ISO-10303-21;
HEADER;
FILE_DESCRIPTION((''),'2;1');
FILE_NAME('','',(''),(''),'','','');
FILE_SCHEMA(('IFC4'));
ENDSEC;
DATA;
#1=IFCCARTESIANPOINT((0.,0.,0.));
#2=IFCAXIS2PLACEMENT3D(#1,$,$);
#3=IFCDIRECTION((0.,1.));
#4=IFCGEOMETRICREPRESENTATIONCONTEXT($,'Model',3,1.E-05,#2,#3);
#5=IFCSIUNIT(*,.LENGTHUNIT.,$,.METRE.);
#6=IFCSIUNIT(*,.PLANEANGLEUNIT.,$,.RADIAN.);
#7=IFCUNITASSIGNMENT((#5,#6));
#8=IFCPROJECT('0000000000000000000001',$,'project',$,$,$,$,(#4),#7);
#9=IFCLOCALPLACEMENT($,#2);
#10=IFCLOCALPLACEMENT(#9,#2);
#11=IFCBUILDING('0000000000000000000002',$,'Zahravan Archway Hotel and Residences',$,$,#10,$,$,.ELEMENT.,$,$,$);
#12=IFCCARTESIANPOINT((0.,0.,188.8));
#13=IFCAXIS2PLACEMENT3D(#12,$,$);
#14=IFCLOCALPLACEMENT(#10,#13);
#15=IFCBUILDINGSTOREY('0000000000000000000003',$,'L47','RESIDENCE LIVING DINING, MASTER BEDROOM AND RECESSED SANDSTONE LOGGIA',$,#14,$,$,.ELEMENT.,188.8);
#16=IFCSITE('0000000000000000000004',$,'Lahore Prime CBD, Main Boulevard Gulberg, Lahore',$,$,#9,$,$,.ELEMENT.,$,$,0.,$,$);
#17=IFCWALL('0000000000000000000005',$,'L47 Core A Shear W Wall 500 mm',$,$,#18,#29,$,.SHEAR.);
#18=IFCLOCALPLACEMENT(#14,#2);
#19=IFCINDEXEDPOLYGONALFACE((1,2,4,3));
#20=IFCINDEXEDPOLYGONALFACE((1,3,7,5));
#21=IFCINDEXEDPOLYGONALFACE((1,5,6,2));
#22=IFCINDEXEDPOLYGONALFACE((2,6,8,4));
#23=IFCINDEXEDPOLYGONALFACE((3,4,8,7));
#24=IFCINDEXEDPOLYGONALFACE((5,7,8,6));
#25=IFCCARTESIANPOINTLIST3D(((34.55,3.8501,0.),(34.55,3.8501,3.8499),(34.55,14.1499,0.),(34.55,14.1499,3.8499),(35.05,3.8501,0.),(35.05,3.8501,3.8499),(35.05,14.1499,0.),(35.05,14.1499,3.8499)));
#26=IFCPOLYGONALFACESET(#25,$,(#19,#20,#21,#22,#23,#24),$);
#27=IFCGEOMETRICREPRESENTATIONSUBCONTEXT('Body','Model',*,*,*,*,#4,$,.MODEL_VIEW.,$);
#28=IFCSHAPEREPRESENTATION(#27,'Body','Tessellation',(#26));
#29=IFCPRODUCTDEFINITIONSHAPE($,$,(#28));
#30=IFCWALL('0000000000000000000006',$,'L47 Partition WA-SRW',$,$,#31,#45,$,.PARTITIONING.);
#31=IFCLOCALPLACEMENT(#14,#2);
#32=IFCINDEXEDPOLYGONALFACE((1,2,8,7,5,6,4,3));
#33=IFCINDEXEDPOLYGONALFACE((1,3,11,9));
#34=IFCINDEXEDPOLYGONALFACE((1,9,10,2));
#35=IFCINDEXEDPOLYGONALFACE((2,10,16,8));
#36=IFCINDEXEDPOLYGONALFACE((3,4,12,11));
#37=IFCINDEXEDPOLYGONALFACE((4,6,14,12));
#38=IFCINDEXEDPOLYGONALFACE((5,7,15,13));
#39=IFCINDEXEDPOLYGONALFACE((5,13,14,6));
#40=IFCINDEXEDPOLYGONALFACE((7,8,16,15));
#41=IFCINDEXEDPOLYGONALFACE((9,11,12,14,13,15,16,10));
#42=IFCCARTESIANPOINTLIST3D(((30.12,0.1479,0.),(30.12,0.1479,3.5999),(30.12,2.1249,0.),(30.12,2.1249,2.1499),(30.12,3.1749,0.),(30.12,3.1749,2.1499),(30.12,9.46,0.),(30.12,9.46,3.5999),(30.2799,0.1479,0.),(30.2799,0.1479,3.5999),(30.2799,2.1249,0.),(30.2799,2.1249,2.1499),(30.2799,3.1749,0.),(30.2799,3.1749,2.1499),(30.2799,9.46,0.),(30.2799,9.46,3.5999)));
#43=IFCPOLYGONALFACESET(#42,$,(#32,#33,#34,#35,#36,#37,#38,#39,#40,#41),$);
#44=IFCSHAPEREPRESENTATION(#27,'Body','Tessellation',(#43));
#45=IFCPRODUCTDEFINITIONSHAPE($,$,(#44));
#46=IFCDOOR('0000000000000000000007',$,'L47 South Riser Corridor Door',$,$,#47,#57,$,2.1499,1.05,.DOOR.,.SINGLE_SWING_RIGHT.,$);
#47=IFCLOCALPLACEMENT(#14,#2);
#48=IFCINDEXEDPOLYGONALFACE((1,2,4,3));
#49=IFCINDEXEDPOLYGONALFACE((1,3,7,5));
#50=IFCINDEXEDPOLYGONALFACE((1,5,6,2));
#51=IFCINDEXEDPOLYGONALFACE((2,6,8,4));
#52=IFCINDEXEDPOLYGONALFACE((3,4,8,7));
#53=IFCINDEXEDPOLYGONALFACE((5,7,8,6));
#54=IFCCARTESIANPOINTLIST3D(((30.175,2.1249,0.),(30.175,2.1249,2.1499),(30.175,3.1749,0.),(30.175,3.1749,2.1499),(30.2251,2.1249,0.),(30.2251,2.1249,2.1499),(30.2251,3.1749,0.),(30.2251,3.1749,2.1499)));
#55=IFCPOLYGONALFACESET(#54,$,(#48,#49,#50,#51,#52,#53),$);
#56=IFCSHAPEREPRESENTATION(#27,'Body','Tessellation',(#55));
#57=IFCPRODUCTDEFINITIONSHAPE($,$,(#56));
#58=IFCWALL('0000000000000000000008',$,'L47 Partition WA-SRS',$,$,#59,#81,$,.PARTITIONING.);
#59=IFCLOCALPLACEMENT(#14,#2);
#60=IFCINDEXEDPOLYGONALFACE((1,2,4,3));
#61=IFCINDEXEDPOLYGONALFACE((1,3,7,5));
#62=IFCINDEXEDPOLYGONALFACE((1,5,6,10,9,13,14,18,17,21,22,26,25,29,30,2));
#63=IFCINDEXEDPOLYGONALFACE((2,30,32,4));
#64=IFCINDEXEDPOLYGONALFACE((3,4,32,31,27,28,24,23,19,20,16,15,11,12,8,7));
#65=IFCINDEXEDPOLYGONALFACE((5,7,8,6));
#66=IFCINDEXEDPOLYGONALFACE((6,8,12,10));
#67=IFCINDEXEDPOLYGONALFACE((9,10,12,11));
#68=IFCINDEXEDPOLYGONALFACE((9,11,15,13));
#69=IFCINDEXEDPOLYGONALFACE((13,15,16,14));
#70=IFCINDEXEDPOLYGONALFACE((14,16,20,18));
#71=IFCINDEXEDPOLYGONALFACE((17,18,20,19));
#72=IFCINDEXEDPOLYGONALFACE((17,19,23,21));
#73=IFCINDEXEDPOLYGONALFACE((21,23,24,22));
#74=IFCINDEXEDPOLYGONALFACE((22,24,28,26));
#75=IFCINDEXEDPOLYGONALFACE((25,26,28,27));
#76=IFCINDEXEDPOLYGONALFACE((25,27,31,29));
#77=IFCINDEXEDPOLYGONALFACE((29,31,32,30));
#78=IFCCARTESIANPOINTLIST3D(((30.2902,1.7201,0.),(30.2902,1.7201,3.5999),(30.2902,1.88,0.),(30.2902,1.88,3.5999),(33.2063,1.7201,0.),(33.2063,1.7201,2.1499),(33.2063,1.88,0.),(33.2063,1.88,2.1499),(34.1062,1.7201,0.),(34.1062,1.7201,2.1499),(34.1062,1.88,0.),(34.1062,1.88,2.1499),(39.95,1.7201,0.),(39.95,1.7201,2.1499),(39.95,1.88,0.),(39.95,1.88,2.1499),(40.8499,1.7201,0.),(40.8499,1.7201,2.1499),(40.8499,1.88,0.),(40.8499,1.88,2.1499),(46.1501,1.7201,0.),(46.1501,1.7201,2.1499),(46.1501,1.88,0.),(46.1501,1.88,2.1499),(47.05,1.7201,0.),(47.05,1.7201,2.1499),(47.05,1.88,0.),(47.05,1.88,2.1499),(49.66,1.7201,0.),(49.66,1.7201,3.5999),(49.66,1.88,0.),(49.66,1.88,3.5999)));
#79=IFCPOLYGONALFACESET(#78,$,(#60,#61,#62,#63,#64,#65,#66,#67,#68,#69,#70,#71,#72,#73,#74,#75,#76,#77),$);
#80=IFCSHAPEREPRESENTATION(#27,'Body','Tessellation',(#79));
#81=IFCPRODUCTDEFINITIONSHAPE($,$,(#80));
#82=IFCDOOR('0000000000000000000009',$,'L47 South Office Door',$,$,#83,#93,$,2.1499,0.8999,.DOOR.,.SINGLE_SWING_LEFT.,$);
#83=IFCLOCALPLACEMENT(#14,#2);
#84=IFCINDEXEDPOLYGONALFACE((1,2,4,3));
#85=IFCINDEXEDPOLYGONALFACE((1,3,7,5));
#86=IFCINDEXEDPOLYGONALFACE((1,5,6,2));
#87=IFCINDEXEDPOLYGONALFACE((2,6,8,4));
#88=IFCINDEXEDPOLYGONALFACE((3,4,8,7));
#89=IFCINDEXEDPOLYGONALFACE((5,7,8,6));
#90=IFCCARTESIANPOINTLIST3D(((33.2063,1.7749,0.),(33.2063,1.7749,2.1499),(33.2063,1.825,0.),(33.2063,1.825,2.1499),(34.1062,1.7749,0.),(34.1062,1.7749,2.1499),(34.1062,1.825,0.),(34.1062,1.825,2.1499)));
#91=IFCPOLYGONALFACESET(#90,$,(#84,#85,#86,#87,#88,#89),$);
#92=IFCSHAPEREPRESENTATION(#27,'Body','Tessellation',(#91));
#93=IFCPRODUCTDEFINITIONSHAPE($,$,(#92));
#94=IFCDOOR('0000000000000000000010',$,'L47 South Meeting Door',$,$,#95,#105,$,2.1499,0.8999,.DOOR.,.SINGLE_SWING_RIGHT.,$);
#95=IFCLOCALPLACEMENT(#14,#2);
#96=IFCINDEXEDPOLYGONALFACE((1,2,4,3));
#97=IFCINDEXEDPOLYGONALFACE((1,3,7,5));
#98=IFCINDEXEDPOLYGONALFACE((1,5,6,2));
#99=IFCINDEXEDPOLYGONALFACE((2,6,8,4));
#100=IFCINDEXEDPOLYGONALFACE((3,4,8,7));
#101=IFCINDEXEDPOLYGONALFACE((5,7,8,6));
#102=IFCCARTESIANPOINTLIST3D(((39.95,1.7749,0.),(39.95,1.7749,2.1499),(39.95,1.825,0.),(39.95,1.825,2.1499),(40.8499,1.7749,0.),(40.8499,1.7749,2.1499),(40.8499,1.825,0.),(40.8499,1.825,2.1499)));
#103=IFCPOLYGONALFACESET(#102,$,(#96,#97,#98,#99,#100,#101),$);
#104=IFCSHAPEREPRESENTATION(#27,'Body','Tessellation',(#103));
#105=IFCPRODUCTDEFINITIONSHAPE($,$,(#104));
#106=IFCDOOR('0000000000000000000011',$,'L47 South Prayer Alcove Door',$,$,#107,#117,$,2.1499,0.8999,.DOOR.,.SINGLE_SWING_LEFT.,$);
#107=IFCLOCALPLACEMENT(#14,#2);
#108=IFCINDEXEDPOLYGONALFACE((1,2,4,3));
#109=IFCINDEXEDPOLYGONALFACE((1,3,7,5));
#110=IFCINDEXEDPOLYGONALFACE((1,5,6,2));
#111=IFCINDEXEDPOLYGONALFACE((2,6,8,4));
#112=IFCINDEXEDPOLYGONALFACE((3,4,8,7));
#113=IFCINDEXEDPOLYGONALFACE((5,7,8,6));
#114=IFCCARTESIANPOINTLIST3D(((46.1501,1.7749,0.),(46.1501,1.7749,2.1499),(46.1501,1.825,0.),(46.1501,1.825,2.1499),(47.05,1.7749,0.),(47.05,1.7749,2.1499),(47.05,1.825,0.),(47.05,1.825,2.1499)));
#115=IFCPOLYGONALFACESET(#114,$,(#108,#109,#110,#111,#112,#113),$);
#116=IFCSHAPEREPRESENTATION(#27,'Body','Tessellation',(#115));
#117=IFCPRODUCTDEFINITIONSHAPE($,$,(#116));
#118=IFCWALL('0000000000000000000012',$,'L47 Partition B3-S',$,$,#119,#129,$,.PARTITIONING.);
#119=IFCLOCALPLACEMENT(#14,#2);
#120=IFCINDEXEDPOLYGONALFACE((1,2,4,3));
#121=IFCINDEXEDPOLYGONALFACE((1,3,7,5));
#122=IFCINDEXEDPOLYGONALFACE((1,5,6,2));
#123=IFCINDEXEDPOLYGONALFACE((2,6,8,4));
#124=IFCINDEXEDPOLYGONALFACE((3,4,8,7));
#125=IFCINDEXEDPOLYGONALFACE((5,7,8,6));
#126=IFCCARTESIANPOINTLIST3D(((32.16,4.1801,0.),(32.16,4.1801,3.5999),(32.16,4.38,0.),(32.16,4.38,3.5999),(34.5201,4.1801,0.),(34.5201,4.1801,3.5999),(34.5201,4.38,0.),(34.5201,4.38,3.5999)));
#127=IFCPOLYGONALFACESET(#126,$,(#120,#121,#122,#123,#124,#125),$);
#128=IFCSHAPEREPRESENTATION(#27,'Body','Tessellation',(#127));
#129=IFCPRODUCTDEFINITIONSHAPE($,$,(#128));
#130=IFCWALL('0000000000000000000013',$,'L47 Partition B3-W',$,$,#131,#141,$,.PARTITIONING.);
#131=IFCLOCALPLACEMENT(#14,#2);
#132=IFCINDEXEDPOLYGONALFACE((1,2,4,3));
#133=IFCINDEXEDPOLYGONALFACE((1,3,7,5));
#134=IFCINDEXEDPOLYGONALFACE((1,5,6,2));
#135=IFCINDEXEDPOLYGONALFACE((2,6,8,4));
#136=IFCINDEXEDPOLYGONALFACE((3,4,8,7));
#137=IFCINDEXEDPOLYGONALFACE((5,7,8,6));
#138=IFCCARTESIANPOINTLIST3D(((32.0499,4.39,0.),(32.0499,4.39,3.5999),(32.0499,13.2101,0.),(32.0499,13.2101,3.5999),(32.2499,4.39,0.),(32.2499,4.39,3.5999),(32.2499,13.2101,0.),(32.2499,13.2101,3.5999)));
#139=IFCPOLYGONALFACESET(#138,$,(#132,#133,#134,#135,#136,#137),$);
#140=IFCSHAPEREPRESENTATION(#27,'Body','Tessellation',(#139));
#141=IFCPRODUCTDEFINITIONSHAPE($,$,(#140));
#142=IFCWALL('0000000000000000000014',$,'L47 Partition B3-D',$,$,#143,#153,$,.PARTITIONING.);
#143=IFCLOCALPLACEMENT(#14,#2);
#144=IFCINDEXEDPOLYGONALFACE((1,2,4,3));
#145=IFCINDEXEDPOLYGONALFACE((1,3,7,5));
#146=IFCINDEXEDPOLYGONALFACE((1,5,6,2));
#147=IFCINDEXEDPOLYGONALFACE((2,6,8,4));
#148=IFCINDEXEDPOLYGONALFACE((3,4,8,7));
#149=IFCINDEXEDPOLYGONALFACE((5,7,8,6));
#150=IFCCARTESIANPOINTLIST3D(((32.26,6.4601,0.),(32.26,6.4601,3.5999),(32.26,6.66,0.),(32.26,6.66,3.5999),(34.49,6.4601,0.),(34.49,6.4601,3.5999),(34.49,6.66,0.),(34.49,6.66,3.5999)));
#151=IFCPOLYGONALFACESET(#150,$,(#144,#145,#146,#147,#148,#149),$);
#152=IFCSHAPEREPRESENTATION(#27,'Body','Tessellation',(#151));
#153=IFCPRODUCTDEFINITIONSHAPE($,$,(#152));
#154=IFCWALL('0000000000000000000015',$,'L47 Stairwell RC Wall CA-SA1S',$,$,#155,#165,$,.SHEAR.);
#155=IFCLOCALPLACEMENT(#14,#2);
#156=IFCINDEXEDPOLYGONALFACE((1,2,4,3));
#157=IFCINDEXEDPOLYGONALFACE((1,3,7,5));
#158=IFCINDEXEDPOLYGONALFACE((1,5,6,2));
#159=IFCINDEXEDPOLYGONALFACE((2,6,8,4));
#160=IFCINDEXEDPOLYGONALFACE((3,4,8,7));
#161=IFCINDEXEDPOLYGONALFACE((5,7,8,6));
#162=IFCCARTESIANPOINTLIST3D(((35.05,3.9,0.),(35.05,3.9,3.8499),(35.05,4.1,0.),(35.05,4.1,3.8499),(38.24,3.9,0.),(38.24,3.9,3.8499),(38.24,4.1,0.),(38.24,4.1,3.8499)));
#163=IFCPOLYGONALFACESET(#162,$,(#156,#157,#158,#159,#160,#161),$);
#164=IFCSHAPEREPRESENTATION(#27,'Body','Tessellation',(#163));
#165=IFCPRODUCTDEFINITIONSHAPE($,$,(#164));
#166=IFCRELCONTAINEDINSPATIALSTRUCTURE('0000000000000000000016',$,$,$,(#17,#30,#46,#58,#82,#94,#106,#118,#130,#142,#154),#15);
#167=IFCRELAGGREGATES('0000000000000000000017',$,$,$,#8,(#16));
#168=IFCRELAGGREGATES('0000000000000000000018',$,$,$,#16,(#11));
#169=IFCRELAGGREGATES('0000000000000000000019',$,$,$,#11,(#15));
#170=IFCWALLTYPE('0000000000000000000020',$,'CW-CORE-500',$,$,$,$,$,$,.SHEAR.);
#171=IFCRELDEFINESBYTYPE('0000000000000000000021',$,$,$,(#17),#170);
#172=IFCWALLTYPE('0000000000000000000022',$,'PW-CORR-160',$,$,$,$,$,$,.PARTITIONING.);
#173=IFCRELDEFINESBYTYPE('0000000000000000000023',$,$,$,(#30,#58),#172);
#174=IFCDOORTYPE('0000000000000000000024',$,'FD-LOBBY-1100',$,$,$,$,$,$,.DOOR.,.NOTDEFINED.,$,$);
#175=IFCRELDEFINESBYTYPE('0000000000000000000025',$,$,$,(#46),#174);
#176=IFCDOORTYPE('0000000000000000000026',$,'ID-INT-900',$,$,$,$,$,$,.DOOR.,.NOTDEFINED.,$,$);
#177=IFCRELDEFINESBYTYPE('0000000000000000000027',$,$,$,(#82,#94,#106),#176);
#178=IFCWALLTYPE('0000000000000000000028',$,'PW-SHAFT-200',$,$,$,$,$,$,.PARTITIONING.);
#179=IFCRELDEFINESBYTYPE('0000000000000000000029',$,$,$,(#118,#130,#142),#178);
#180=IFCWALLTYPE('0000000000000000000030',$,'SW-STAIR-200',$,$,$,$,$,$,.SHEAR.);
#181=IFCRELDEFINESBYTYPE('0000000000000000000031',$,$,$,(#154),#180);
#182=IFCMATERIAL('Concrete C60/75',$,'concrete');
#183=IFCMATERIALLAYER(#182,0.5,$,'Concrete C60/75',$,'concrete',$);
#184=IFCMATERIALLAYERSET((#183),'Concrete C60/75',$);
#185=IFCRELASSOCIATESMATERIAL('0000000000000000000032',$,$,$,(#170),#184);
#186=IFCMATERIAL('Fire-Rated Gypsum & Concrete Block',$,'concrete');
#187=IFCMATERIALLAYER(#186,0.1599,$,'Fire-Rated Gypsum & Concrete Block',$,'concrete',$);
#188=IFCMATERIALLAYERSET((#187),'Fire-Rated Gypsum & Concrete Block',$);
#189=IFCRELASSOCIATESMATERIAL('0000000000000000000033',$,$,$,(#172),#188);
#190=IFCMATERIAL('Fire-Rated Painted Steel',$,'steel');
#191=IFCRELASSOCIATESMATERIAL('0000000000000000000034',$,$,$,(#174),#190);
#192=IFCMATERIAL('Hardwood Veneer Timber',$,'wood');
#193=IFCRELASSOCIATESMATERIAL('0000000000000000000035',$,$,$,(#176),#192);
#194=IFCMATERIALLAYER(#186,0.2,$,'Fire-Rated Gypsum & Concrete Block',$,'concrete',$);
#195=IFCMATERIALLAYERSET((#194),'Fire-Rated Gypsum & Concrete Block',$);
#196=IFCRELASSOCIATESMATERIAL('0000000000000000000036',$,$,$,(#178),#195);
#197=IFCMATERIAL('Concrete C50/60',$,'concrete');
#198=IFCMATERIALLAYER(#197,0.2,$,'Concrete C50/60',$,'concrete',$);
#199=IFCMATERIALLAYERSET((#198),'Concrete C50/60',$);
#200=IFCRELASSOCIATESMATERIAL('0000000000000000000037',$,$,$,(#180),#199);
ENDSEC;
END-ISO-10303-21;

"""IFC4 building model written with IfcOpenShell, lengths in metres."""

from ifc_helpers import new_model, si_unit, direction, frame, frame_2d, origin, place, context, subcontext, project, spatial, rectangle, extrude, source, transform, mapped, material, layer, layer_set, type_object, type_shapes, element, fill, save


model = new_model("IFC4")

# Units and contexts
model_context = context("Model", 3, precision=1e-05, world=origin(), true_north=direction((0.0, 1.0)))
body_context = subcontext(model_context, "Body", "Model", "MODEL_VIEW")
ifc_project = project(units=[si_unit("LENGTHUNIT", "METRE"), si_unit("PLANEANGLEUNIT", "RADIAN")], contexts=[model_context])

# Site, building, storey
site_placement = place(None, origin())
site = spatial("IfcSite", under=ifc_project, at=site_placement, Name="Lahore Prime CBD, Main Boulevard Gulberg, Lahore", CompositionType="ELEMENT", RefElevation=0.0)
building_placement = place(site_placement, origin())
building = spatial("IfcBuilding", under=site, at=building_placement, Name="Zahravan Archway Hotel and Residences", CompositionType="ELEMENT")
storey_placement = place(building_placement, frame((0.0, 0.0, 188.8)))
storey = spatial("IfcBuildingStorey", under=building, at=storey_placement, Name="L47", Description="RESIDENCE LIVING DINING, MASTER BEDROOM AND RECESSED SANDSTONE LOGGIA", CompositionType="ELEMENT", Elevation=188.8)

# Shared definitions
ifc_material_1 = material(Name="Concrete C60/75", Category="concrete")

# Shared definitions
ifc_layer_1 = layer(ifc_material_1, 0.5, Name="Concrete C60/75", Category="concrete")
ifc_layer_set_1 = layer_set([ifc_layer_1], Name="Concrete C60/75")
wall_type_1 = type_object("IfcWallType", Name="CW-CORE-500", PredefinedType="SHEAR", material=ifc_layer_set_1)
ifc_material_2 = material(Name="Fire-Rated Painted Steel", Category="steel")

# Wall
wall_1_placement = place(storey_placement, frame((34.8, 3.8501, 0.0), z_axis=(0.0, 0.0, 1.0), x_axis=(0.0, 1.0, 0.0)))
element("IfcWall", 1, at=wall_1_placement, inside=storey, type_object=wall_type_1, Name="L47 Core A Shear W Wall 500 mm", PredefinedType="SHEAR", context=body_context, shape_type="SweptSolid", body=[
    extrude(rectangle(XDim=10.2998, YDim=0.5, at=frame_2d((5.1499, 0.0))), origin(), (0.0, 0.0, 1.0), 3.8499),
])

# Wall, opening, door
ifc_material_3 = material(Name="Fire-Rated Gypsum & Concrete Block", Category="concrete")
ifc_layer_2 = layer(ifc_material_3, 0.1599, Name="Fire-Rated Gypsum & Concrete Block", Category="concrete")
ifc_layer_set_2 = layer_set([ifc_layer_2], Name="Fire-Rated Gypsum & Concrete Block")
wall_type_2 = type_object("IfcWallType", Name="PW-CORR-160", PredefinedType="PARTITIONING", material=ifc_layer_set_2)
wall_2_placement = place(storey_placement, frame((30.2, 0.1479, 0.0), z_axis=(0.0, 0.0, 1.0), x_axis=(0.0, 1.0, 0.0)))
wall_2 = element("IfcWall", 2, at=wall_2_placement, inside=storey, type_object=wall_type_2, Name="L47 Partition WA-SRW", PredefinedType="PARTITIONING", context=body_context, shape_type="SweptSolid", body=[
    extrude(rectangle(XDim=9.312, YDim=0.1599, at=frame_2d((4.656, 0.0))), origin(), (0.0, 0.0, 1.0), 3.5999),
])
opening_1_placement = place(wall_2_placement, frame((1.9771, 0.0, 0.0)))
opening_1 = element("IfcOpeningElement", 3, at=opening_1_placement, cuts=wall_2, PredefinedType="OPENING", context=body_context, shape_type="SweptSolid", body=[
    extrude(rectangle(XDim=1.05, YDim=2.1499, at=frame_2d((0.5249, 1.075))), frame((0.0, 0.0898, 0.0), z_axis=(0.0, -1.0, 0.0), x_axis=(1.0, 0.0, 0.0)), (0.0, 0.0, 1.0), 0.1799),
])
door_type_1 = type_object("IfcDoorType", Name="FD-LOBBY-1100", OperationType="NOTDEFINED", PredefinedType="DOOR", material=ifc_material_2)
shared_shape_1 = source(origin(), body_context, "Body", "SweptSolid", [
    extrude(rectangle(XDim=1.05, YDim=2.1499, at=frame_2d((0.5249, 1.075))), frame((0.0, 0.0249, 0.0), z_axis=(0.0, -1.0, 0.0), x_axis=(1.0, 0.0, 0.0)), (0.0, 0.0, 1.0), 0.05),
])
type_shapes(door_type_1, [shared_shape_1])
door_1_placement = place(opening_1_placement, origin())
door_1 = element("IfcDoor", 4, at=door_1_placement, inside=storey, type_object=door_type_1, Name="L47 South Riser Corridor Door", OperationType="SINGLE_SWING_RIGHT", OverallHeight=2.1499, OverallWidth=1.05, PredefinedType="DOOR", context=body_context, shape_type="MappedRepresentation", body=[
    mapped(shared_shape_1, transform((0.0, 0.0, 0.0), scale=1.0)),
])
fill(opening_1, door_1)

# Wall, openings, doors
wall_3_placement = place(storey_placement, frame((30.29, 1.8, 0.0), z_axis=(0.0, 0.0, 1.0), x_axis=(1.0, 0.0, 0.0)))
wall_3 = element("IfcWall", 5, at=wall_3_placement, inside=storey, type_object=wall_type_2, Name="L47 Partition WA-SRS", PredefinedType="PARTITIONING", context=body_context, shape_type="SweptSolid", body=[
    extrude(rectangle(XDim=19.3699, YDim=0.1599, at=frame_2d((9.6851, 0.0))), origin(), (0.0, 0.0, 1.0), 3.5999),
])
opening_2_placement = place(wall_3_placement, frame((2.9163, 0.0, 0.0)))
opening_2 = element("IfcOpeningElement", 6, at=opening_2_placement, cuts=wall_3, PredefinedType="OPENING", context=body_context, shape_type="SweptSolid", body=[
    extrude(rectangle(XDim=0.8999, YDim=2.1499, at=frame_2d((0.45, 1.075))), frame((0.0, 0.0898, 0.0), z_axis=(0.0, -1.0, 0.0), x_axis=(1.0, 0.0, 0.0)), (0.0, 0.0, 1.0), 0.1799),
])
opening_3_placement = place(wall_3_placement, frame((9.6599, 0.0, 0.0)))
opening_3 = element("IfcOpeningElement", 7, at=opening_3_placement, cuts=wall_3, PredefinedType="OPENING", context=body_context, shape_type="SweptSolid", body=[
    extrude(rectangle(XDim=0.8999, YDim=2.1499, at=frame_2d((0.45, 1.075))), frame((0.0, 0.0898, 0.0), z_axis=(0.0, -1.0, 0.0), x_axis=(1.0, 0.0, 0.0)), (0.0, 0.0, 1.0), 0.1799),
])
opening_4_placement = place(wall_3_placement, frame((15.8601, 0.0, 0.0)))
opening_4 = element("IfcOpeningElement", 8, at=opening_4_placement, cuts=wall_3, PredefinedType="OPENING", context=body_context, shape_type="SweptSolid", body=[
    extrude(rectangle(XDim=0.8999, YDim=2.1499, at=frame_2d((0.45, 1.075))), frame((0.0, 0.0898, 0.0), z_axis=(0.0, -1.0, 0.0), x_axis=(1.0, 0.0, 0.0)), (0.0, 0.0, 1.0), 0.1799),
])
ifc_material_4 = material(Name="Hardwood Veneer Timber", Category="wood")
door_type_2 = type_object("IfcDoorType", Name="ID-INT-900", OperationType="NOTDEFINED", PredefinedType="DOOR", material=ifc_material_4)
shared_shape_2 = source(origin(), body_context, "Body", "SweptSolid", [
    extrude(rectangle(XDim=0.8999, YDim=2.1499, at=frame_2d((0.45, 1.075))), frame((0.0, 0.0249, 0.0), z_axis=(0.0, -1.0, 0.0), x_axis=(1.0, 0.0, 0.0)), (0.0, 0.0, 1.0), 0.05),
])
type_shapes(door_type_2, [shared_shape_2])
door_2_placement = place(opening_2_placement, origin())
door_2 = element("IfcDoor", 9, at=door_2_placement, inside=storey, type_object=door_type_2, Name="L47 South Office Door", OperationType="SINGLE_SWING_LEFT", OverallHeight=2.1499, OverallWidth=0.8999, PredefinedType="DOOR", context=body_context, shape_type="MappedRepresentation", body=[
    mapped(shared_shape_2, transform((0.0, 0.0, 0.0), scale=1.0)),
])
fill(opening_2, door_2)
door_3_placement = place(opening_3_placement, origin())
door_3 = element("IfcDoor", 10, at=door_3_placement, inside=storey, type_object=door_type_2, Name="L47 South Meeting Door", OperationType="SINGLE_SWING_RIGHT", OverallHeight=2.1499, OverallWidth=0.8999, PredefinedType="DOOR", context=body_context, shape_type="MappedRepresentation", body=[
    mapped(shared_shape_2, transform((0.0, 0.0, 0.0), scale=1.0)),
])
fill(opening_3, door_3)
door_4_placement = place(opening_4_placement, origin())
door_4 = element("IfcDoor", 11, at=door_4_placement, inside=storey, type_object=door_type_2, Name="L47 South Prayer Alcove Door", OperationType="SINGLE_SWING_LEFT", OverallHeight=2.1499, OverallWidth=0.8999, PredefinedType="DOOR", context=body_context, shape_type="MappedRepresentation", body=[
    mapped(shared_shape_2, transform((0.0, 0.0, 0.0), scale=1.0)),
])
fill(opening_4, door_4)

# Walls
ifc_layer_3 = layer(ifc_material_3, 0.2, Name="Fire-Rated Gypsum & Concrete Block", Category="concrete")
ifc_layer_set_3 = layer_set([ifc_layer_3], Name="Fire-Rated Gypsum & Concrete Block")
wall_type_3 = type_object("IfcWallType", Name="PW-SHAFT-200", PredefinedType="PARTITIONING", material=ifc_layer_set_3)
wall_4_placement = place(storey_placement, frame((32.1599, 4.28, 0.0), z_axis=(0.0, 0.0, 1.0), x_axis=(1.0, 0.0, 0.0)))
element("IfcWall", 12, at=wall_4_placement, inside=storey, type_object=wall_type_3, Name="L47 Partition B3-S", PredefinedType="PARTITIONING", context=body_context, shape_type="SweptSolid", body=[
    extrude(rectangle(XDim=2.3601, YDim=0.2, at=frame_2d((1.1802, 0.0))), origin(), (0.0, 0.0, 1.0), 3.5999),
])
wall_5_placement = place(storey_placement, frame((32.1499, 4.3899, 0.0), z_axis=(0.0, 0.0, 1.0), x_axis=(0.0, 1.0, 0.0)))
element("IfcWall", 13, at=wall_5_placement, inside=storey, type_object=wall_type_3, Name="L47 Partition B3-W", PredefinedType="PARTITIONING", context=body_context, shape_type="SweptSolid", body=[
    extrude(rectangle(XDim=8.8201, YDim=0.2, at=frame_2d((4.4102, 0.0))), origin(), (0.0, 0.0, 1.0), 3.5999),
])
wall_6_placement = place(storey_placement, frame((32.26, 6.5601, 0.0), z_axis=(0.0, 0.0, 1.0), x_axis=(1.0, 0.0, 0.0)))
element("IfcWall", 14, at=wall_6_placement, inside=storey, type_object=wall_type_3, Name="L47 Partition B3-D", PredefinedType="PARTITIONING", context=body_context, shape_type="SweptSolid", body=[
    extrude(rectangle(XDim=2.23, YDim=0.2, at=frame_2d((1.115, 0.0))), origin(), (0.0, 0.0, 1.0), 3.5999),
])
ifc_material_5 = material(Name="Concrete C50/60", Category="concrete")
ifc_layer_4 = layer(ifc_material_5, 0.2, Name="Concrete C50/60", Category="concrete")
ifc_layer_set_4 = layer_set([ifc_layer_4], Name="Concrete C50/60")
wall_type_4 = type_object("IfcWallType", Name="SW-STAIR-200", PredefinedType="SHEAR", material=ifc_layer_set_4)
wall_7_placement = place(storey_placement, frame((35.05, 4.0, 0.0), z_axis=(0.0, 0.0, 1.0), x_axis=(1.0, 0.0, 0.0)))
element("IfcWall", 15, at=wall_7_placement, inside=storey, type_object=wall_type_4, Name="L47 Stairwell RC Wall CA-SA1S", PredefinedType="SHEAR", context=body_context, shape_type="SweptSolid", body=[
    extrude(rectangle(XDim=3.1899, YDim=0.2, at=frame_2d((1.595, 0.0))), origin(), (0.0, 0.0, 1.0), 3.8499),
])

save(model, "model.ifc")
